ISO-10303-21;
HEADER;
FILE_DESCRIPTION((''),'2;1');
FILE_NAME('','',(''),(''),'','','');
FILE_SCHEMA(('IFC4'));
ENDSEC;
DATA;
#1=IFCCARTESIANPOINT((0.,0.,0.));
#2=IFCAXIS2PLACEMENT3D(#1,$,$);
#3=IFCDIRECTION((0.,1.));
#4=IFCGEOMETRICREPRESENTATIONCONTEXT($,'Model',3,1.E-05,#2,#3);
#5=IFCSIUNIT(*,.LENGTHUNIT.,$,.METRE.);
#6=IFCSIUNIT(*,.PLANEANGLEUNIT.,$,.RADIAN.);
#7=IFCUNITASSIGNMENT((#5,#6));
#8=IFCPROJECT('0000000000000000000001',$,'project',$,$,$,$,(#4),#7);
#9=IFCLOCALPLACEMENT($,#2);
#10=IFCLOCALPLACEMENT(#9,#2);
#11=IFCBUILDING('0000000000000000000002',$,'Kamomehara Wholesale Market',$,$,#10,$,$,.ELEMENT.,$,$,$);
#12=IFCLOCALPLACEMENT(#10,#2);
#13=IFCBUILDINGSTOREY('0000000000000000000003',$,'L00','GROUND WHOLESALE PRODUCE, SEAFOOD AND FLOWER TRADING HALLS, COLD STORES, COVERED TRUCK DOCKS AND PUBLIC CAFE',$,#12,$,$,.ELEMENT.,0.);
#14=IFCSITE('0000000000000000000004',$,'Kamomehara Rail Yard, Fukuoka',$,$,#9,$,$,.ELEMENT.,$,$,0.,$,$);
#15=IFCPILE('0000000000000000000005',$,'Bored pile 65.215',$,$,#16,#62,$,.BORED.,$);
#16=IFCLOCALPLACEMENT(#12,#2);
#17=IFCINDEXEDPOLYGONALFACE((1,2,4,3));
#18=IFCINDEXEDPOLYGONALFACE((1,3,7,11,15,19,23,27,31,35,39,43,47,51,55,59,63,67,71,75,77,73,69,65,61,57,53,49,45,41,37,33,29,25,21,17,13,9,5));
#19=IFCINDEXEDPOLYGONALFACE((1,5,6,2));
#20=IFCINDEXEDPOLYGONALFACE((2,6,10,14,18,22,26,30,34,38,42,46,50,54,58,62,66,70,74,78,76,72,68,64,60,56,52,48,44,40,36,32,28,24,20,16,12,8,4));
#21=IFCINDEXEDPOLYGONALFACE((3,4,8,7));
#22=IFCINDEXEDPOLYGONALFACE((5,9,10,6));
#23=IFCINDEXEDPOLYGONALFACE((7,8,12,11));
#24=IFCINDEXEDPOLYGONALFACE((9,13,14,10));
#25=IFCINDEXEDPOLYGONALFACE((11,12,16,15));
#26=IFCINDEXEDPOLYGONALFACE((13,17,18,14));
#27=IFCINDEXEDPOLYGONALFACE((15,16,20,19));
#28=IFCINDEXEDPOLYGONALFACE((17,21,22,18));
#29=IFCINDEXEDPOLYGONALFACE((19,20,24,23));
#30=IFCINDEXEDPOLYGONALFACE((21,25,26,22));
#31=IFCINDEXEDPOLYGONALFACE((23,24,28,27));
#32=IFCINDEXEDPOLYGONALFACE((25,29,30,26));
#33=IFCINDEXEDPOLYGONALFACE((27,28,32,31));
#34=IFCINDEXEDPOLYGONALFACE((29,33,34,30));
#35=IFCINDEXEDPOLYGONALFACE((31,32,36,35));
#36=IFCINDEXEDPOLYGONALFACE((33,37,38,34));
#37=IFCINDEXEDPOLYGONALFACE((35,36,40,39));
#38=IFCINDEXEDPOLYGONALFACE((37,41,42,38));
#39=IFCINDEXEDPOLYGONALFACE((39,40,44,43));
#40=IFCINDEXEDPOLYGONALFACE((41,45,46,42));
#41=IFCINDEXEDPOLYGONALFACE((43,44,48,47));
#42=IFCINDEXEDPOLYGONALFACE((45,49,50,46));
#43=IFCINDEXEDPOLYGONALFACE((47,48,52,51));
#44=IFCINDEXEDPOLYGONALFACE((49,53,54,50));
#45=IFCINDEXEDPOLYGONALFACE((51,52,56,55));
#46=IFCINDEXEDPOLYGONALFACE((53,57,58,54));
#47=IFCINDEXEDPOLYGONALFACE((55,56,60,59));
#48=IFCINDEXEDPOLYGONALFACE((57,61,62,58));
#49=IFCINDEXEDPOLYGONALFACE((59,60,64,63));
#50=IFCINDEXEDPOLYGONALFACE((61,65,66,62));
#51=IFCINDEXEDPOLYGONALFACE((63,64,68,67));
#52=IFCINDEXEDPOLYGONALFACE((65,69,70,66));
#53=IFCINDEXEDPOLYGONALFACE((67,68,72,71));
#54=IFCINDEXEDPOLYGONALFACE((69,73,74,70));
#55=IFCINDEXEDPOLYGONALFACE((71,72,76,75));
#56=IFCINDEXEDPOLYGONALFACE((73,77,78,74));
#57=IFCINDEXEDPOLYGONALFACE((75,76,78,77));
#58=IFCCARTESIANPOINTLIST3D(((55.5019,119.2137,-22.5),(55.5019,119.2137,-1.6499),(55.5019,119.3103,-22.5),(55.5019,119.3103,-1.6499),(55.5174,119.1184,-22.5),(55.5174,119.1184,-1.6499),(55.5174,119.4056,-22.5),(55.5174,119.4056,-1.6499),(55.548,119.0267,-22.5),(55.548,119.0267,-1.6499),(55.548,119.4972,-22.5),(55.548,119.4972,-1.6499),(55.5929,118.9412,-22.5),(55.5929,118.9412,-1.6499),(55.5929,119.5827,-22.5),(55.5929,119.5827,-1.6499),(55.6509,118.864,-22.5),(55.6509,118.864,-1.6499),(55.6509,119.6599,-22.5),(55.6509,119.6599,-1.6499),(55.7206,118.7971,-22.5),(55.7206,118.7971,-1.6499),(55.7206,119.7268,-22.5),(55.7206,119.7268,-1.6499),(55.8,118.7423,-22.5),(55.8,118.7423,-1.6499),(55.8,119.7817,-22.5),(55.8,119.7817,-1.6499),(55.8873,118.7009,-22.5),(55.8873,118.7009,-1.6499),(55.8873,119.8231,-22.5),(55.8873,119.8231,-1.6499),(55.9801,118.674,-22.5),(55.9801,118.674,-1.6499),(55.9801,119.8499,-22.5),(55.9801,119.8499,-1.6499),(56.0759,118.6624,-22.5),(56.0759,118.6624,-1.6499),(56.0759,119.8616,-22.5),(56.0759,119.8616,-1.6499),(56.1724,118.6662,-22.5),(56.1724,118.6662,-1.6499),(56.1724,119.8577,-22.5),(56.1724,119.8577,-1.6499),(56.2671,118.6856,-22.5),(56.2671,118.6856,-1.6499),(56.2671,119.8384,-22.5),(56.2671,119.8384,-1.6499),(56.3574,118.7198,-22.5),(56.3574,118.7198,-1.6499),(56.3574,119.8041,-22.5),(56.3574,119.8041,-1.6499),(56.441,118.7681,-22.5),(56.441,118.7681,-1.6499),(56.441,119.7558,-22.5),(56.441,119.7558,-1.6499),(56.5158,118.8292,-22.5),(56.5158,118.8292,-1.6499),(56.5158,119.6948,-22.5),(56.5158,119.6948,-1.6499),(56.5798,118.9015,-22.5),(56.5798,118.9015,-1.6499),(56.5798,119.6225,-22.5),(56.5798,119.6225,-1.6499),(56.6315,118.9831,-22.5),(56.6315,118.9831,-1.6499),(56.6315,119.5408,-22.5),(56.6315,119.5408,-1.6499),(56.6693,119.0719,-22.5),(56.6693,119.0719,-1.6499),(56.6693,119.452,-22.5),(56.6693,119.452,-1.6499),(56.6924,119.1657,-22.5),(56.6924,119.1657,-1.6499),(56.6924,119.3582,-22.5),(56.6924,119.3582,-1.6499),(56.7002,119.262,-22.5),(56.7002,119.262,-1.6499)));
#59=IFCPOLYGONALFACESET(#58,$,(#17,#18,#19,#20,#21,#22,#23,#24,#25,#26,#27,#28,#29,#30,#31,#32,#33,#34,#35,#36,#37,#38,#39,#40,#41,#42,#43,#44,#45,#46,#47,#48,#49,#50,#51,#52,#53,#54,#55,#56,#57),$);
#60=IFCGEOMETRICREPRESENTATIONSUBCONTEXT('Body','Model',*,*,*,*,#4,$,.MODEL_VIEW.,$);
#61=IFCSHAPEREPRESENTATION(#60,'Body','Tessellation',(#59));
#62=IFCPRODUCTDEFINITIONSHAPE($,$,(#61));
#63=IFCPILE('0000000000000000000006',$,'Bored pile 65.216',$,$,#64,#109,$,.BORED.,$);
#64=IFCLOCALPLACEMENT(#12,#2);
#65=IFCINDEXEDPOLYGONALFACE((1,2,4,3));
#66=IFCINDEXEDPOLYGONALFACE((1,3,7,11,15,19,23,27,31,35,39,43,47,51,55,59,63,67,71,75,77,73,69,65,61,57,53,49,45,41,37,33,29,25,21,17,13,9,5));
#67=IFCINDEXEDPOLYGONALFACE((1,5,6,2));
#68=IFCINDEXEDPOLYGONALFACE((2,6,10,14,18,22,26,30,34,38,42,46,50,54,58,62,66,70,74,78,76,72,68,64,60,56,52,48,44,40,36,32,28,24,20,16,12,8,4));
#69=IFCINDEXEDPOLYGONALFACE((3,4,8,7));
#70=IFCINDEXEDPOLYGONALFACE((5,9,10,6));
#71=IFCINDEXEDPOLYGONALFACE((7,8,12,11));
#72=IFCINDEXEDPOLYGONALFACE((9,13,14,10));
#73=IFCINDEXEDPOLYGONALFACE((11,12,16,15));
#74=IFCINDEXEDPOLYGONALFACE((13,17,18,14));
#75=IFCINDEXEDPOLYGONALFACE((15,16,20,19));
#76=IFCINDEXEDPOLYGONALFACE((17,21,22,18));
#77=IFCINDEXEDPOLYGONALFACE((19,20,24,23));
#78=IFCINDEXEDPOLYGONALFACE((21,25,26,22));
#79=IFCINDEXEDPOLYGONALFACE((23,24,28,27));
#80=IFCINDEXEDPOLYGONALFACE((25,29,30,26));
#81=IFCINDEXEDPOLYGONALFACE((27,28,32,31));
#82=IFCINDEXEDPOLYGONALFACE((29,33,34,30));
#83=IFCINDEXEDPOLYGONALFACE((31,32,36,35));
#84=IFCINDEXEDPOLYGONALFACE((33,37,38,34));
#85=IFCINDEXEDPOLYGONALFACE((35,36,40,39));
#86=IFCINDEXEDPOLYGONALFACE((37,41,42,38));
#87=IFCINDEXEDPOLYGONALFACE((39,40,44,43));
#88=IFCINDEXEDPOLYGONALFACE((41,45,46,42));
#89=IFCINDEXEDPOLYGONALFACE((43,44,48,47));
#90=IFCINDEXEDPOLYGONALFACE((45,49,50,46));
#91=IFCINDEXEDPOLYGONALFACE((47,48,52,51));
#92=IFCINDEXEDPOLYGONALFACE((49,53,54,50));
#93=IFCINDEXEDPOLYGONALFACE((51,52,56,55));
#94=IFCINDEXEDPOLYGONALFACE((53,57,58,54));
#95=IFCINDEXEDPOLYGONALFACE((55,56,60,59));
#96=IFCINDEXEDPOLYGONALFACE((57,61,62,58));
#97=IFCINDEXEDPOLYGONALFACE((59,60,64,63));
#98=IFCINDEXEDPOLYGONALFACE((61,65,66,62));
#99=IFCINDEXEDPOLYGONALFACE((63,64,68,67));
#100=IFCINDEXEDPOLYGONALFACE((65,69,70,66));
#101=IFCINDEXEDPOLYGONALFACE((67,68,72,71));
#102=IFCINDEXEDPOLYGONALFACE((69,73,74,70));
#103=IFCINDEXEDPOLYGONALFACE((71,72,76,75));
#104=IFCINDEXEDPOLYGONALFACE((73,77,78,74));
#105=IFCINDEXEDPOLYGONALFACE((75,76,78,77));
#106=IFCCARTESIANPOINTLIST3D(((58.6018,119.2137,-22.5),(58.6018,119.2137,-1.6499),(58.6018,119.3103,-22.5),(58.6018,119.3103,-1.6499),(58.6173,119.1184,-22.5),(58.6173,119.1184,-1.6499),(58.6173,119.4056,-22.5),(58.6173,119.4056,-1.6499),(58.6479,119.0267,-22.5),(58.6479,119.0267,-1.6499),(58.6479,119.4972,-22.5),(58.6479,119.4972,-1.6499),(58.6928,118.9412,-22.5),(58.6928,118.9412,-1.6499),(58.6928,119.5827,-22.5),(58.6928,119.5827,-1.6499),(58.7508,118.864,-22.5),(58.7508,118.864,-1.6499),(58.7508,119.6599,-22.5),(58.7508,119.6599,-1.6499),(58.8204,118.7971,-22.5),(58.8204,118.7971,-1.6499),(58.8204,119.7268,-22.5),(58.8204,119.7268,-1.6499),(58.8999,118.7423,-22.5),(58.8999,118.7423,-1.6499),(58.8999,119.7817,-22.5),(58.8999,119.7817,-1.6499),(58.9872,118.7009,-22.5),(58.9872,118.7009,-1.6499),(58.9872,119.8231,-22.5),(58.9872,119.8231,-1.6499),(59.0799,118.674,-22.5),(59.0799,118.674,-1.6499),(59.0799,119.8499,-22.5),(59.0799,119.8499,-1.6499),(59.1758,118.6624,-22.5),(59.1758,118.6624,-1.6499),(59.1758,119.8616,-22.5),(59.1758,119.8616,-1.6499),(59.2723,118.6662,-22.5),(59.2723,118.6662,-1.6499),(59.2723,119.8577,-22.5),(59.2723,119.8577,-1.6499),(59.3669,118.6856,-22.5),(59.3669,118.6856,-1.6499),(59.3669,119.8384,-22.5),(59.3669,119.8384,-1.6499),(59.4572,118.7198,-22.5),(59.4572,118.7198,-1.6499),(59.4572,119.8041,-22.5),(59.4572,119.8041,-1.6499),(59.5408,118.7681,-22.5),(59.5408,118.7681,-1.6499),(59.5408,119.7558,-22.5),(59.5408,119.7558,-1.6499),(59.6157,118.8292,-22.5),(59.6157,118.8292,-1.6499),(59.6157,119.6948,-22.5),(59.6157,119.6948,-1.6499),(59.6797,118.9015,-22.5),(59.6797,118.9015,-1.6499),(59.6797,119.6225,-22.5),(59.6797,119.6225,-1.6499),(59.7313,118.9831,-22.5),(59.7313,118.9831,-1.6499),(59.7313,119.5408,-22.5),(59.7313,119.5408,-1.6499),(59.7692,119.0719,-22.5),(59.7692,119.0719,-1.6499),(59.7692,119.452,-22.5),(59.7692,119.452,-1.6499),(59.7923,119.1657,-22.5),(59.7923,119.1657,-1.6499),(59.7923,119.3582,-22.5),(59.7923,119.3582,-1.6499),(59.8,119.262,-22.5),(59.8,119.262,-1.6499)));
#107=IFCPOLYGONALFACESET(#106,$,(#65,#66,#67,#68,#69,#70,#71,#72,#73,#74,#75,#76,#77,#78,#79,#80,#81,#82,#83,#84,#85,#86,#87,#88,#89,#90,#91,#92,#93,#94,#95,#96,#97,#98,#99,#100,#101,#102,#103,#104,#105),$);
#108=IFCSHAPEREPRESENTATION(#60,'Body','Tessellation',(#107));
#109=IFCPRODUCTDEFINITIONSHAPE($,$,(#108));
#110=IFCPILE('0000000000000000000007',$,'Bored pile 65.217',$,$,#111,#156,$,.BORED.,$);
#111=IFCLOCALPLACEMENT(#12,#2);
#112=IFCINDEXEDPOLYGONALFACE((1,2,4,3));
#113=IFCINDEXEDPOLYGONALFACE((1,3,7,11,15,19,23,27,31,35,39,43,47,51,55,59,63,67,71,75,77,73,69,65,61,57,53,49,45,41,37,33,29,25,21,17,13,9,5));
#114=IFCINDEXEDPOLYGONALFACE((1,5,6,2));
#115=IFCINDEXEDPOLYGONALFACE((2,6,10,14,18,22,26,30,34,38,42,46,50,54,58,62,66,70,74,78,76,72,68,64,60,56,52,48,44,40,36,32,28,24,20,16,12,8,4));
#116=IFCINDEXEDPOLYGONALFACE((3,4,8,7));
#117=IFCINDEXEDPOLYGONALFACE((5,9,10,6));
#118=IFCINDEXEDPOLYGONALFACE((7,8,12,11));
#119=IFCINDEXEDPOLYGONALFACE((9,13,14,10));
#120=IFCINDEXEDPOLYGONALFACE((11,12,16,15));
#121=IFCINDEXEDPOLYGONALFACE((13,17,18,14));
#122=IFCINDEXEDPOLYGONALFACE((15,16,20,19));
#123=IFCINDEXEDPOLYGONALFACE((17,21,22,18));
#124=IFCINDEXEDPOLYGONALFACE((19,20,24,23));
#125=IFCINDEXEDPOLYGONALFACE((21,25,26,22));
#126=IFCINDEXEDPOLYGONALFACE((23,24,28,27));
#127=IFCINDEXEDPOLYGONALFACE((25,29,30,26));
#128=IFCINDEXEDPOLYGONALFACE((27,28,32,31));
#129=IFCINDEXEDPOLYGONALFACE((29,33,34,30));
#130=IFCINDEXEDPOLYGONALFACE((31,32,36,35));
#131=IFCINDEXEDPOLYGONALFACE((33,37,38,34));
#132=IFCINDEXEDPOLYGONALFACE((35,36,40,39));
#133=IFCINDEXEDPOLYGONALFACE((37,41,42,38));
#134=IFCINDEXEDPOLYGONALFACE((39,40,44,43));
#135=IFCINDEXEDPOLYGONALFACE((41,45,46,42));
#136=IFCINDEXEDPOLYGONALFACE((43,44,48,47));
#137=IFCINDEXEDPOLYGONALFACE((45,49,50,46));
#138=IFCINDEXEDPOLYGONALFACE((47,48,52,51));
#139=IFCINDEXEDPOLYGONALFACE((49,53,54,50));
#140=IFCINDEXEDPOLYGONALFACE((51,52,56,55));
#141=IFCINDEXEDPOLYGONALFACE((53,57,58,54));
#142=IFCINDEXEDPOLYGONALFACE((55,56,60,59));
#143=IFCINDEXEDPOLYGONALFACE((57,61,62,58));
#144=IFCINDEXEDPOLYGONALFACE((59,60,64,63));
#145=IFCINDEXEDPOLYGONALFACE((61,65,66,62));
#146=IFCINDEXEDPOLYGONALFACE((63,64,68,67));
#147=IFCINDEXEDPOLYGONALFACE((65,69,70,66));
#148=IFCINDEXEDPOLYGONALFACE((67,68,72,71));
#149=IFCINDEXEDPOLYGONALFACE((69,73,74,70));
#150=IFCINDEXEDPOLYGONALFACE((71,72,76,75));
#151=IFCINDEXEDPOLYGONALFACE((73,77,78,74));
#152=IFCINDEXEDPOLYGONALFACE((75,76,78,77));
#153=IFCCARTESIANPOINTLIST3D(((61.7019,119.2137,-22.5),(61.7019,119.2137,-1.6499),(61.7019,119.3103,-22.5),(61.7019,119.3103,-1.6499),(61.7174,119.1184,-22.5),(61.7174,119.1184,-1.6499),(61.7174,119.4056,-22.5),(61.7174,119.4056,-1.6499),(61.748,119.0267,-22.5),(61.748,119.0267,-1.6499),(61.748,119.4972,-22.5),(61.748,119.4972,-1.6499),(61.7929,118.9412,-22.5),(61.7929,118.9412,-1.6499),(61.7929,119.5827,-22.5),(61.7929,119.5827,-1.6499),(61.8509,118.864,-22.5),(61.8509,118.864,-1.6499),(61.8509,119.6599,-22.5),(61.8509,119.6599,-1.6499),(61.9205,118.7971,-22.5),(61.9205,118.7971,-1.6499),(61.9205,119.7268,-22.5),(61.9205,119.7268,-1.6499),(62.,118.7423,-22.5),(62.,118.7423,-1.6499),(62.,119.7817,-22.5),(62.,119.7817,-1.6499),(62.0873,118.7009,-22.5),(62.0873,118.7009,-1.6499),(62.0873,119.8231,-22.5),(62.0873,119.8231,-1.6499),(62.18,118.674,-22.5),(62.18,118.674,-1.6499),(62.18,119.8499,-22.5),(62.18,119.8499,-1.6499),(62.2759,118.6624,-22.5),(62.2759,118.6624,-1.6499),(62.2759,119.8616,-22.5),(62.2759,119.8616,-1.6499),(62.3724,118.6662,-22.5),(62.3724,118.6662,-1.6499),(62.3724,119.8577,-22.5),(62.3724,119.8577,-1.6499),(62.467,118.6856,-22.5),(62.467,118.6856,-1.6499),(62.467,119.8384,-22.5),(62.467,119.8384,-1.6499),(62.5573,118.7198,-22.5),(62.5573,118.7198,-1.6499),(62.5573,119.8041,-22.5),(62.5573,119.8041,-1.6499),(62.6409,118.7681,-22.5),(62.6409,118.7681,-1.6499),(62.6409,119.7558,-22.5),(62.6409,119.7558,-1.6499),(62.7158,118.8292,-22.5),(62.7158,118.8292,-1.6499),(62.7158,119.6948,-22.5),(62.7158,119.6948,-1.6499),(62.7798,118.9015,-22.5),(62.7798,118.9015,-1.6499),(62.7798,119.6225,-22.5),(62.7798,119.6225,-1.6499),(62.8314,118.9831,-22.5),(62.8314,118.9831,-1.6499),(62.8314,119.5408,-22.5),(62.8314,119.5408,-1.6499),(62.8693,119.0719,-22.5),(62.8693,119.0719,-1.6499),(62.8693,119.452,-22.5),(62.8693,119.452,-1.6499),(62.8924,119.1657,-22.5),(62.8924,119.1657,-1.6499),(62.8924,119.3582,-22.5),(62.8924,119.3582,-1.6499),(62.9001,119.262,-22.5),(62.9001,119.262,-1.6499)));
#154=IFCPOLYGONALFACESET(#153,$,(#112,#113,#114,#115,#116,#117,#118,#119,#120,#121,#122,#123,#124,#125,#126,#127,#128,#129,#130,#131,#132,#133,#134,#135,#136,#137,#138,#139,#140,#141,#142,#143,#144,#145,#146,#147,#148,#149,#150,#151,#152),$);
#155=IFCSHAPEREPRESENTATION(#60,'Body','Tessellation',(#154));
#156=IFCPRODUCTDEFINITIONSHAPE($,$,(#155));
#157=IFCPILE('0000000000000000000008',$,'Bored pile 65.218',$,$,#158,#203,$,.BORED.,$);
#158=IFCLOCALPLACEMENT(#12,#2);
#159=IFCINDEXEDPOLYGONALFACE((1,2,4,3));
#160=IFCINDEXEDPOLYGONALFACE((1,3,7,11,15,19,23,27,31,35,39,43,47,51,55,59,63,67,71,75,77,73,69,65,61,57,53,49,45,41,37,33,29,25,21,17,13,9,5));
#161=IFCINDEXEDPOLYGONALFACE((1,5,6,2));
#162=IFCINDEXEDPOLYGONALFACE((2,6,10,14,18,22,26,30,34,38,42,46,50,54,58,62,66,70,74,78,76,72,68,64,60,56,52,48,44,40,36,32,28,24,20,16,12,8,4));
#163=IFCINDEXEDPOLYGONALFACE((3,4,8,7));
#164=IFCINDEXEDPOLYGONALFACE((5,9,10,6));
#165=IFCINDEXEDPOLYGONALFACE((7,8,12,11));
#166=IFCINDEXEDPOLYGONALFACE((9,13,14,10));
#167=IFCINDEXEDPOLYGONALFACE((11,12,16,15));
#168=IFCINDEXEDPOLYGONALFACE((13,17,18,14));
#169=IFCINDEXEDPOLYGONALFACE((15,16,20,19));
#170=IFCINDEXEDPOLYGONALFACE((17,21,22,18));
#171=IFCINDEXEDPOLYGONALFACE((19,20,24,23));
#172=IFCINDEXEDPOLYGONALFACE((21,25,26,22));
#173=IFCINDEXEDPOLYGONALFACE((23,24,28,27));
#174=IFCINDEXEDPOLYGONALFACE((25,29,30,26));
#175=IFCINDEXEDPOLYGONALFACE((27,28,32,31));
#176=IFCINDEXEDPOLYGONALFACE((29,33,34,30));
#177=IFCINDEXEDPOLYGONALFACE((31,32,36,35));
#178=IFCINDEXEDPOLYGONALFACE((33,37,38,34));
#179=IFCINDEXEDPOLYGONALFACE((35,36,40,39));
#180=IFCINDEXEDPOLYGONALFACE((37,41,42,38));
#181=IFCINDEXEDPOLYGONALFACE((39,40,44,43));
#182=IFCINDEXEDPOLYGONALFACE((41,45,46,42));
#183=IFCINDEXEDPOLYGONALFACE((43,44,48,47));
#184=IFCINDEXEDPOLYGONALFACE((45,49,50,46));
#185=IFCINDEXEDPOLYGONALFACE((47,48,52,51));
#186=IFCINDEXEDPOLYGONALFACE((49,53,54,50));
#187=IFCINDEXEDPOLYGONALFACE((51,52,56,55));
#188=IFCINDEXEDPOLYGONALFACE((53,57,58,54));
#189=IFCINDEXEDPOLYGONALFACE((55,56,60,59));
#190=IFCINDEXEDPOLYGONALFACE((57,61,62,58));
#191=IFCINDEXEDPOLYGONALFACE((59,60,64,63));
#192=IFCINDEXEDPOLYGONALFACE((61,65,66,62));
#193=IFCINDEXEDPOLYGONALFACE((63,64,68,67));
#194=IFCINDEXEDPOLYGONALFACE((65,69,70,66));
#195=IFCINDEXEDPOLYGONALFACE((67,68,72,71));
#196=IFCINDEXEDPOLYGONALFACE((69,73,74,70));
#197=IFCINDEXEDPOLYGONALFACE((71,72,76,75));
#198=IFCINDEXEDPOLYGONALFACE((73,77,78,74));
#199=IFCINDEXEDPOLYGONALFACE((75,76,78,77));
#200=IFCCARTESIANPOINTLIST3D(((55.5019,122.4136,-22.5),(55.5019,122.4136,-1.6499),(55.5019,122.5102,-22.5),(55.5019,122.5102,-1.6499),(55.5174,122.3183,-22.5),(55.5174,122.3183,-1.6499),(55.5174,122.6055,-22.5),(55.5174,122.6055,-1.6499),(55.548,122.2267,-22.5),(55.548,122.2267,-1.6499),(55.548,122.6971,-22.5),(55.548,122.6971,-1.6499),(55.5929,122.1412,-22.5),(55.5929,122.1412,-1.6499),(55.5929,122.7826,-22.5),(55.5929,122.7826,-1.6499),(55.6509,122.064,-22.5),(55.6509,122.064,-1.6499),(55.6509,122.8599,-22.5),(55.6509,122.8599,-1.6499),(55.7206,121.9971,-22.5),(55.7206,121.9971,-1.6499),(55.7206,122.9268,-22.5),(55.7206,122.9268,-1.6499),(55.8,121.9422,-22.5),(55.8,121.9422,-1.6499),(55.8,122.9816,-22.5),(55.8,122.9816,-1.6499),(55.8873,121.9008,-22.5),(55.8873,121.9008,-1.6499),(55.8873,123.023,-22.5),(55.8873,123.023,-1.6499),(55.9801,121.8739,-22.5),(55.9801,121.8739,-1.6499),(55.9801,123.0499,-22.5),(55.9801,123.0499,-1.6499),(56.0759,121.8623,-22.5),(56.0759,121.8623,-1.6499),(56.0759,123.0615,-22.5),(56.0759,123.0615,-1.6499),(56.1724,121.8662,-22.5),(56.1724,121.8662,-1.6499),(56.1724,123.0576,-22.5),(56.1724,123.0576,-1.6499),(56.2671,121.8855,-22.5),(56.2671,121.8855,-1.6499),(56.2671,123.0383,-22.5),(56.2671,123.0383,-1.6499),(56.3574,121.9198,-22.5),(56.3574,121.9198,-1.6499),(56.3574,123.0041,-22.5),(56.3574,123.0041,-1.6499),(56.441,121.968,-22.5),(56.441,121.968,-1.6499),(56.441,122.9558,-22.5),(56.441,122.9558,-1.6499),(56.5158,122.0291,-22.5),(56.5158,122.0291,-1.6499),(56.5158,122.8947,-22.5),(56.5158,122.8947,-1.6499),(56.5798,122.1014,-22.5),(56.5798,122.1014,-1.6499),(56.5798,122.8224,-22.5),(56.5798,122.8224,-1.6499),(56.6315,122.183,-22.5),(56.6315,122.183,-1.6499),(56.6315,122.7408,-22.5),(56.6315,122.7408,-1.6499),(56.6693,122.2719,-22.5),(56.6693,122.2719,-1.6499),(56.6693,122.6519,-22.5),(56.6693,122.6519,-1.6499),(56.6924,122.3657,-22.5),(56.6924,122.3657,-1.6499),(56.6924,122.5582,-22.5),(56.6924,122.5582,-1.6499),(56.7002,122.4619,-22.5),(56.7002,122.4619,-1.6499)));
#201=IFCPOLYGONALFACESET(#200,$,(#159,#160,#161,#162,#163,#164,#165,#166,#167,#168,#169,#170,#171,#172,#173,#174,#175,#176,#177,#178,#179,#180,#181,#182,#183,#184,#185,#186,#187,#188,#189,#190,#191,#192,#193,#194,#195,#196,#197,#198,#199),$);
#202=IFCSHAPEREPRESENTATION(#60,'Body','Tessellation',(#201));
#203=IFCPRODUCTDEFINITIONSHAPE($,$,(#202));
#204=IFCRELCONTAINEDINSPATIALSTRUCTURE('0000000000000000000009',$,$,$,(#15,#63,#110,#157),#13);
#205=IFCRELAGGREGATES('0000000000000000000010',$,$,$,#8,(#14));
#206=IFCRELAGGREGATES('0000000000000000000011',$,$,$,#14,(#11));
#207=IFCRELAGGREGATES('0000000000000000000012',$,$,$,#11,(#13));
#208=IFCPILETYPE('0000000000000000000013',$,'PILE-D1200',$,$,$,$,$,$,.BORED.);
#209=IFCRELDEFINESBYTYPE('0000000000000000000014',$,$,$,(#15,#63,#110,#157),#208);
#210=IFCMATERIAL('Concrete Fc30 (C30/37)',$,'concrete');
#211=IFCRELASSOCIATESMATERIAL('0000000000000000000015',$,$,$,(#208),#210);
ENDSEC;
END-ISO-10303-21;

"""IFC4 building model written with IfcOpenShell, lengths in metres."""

from ifc_helpers import new_model, si_unit, direction, frame, origin, origin_2d, place, context, subcontext, project, spatial, circle, extrude, material, material_profile, profile_set, type_object, element, save


model = new_model("IFC4")

# Units and contexts
model_context = context("Model", 3, precision=1e-05, world=origin(), true_north=direction((0.0, 1.0)))
body_context = subcontext(model_context, "Body", "Model", "MODEL_VIEW")
ifc_project = project(units=[si_unit("LENGTHUNIT", "METRE"), si_unit("PLANEANGLEUNIT", "RADIAN")], contexts=[model_context])

# Site, building, storey
site_placement = place(None, origin())
site = spatial("IfcSite", under=ifc_project, at=site_placement, Name="Kamomehara Rail Yard, Fukuoka", CompositionType="ELEMENT", RefElevation=0.0)
building_placement = place(site_placement, origin())
building = spatial("IfcBuilding", under=site, at=building_placement, Name="Kamomehara Wholesale Market", CompositionType="ELEMENT")
storey_placement = place(building_placement, origin())
storey = spatial("IfcBuildingStorey", under=building, at=storey_placement, Name="L00", Description="GROUND WHOLESALE PRODUCE, SEAFOOD AND FLOWER TRADING HALLS, COLD STORES, COVERED TRUCK DOCKS AND PUBLIC CAFE", CompositionType="ELEMENT", Elevation=0.0)

# Piles
ifc_material_1 = material(Name="Concrete Fc30 (C30/37)", Category="concrete")
ifc_material_profile_1 = material_profile(ifc_material_1, circle(Radius=0.6001, at=origin_2d()), Name="RC-PILE-D1200")
ifc_profile_set_1 = profile_set([ifc_material_profile_1], Name="Concrete Fc30 (C30/37)")
pile_type_1 = type_object("IfcPileType", Name="PILE-D1200", PredefinedType="BORED", material=ifc_profile_set_1)
for number, where, z_axis, x_axis, name in (
    (1, (56.1001, 119.262, -1.6499), (0.0, 0.0, -1.0), (1.0, 0.0, 0.0), "Bored pile 65.215"),
    (2, (59.2, 119.262, -1.6499), (0.0, 0.0, -1.0), (1.0, 0.0, 0.0), "Bored pile 65.216"),
    (3, (62.3, 119.262, -1.6499), (0.0, 0.0, -1.0), (1.0, 0.0, 0.0), "Bored pile 65.217"),
    (4, (56.1001, 122.4619, -1.6499), (0.0, 0.0, -1.0), (1.0, 0.0, 0.0), "Bored pile 65.218"),
):
    element("IfcPile", number, at=place(storey_placement, frame(where, z_axis=z_axis, x_axis=x_axis)), inside=storey, type_object=pile_type_1, Name=name, PredefinedType="BORED", context=body_context, shape_type="SweptSolid", body=[
        extrude(circle(Radius=0.6001, at=origin_2d()), origin(), (0.0, 0.0, 1.0), 20.8501),
    ])

save(model, "model.ifc")
